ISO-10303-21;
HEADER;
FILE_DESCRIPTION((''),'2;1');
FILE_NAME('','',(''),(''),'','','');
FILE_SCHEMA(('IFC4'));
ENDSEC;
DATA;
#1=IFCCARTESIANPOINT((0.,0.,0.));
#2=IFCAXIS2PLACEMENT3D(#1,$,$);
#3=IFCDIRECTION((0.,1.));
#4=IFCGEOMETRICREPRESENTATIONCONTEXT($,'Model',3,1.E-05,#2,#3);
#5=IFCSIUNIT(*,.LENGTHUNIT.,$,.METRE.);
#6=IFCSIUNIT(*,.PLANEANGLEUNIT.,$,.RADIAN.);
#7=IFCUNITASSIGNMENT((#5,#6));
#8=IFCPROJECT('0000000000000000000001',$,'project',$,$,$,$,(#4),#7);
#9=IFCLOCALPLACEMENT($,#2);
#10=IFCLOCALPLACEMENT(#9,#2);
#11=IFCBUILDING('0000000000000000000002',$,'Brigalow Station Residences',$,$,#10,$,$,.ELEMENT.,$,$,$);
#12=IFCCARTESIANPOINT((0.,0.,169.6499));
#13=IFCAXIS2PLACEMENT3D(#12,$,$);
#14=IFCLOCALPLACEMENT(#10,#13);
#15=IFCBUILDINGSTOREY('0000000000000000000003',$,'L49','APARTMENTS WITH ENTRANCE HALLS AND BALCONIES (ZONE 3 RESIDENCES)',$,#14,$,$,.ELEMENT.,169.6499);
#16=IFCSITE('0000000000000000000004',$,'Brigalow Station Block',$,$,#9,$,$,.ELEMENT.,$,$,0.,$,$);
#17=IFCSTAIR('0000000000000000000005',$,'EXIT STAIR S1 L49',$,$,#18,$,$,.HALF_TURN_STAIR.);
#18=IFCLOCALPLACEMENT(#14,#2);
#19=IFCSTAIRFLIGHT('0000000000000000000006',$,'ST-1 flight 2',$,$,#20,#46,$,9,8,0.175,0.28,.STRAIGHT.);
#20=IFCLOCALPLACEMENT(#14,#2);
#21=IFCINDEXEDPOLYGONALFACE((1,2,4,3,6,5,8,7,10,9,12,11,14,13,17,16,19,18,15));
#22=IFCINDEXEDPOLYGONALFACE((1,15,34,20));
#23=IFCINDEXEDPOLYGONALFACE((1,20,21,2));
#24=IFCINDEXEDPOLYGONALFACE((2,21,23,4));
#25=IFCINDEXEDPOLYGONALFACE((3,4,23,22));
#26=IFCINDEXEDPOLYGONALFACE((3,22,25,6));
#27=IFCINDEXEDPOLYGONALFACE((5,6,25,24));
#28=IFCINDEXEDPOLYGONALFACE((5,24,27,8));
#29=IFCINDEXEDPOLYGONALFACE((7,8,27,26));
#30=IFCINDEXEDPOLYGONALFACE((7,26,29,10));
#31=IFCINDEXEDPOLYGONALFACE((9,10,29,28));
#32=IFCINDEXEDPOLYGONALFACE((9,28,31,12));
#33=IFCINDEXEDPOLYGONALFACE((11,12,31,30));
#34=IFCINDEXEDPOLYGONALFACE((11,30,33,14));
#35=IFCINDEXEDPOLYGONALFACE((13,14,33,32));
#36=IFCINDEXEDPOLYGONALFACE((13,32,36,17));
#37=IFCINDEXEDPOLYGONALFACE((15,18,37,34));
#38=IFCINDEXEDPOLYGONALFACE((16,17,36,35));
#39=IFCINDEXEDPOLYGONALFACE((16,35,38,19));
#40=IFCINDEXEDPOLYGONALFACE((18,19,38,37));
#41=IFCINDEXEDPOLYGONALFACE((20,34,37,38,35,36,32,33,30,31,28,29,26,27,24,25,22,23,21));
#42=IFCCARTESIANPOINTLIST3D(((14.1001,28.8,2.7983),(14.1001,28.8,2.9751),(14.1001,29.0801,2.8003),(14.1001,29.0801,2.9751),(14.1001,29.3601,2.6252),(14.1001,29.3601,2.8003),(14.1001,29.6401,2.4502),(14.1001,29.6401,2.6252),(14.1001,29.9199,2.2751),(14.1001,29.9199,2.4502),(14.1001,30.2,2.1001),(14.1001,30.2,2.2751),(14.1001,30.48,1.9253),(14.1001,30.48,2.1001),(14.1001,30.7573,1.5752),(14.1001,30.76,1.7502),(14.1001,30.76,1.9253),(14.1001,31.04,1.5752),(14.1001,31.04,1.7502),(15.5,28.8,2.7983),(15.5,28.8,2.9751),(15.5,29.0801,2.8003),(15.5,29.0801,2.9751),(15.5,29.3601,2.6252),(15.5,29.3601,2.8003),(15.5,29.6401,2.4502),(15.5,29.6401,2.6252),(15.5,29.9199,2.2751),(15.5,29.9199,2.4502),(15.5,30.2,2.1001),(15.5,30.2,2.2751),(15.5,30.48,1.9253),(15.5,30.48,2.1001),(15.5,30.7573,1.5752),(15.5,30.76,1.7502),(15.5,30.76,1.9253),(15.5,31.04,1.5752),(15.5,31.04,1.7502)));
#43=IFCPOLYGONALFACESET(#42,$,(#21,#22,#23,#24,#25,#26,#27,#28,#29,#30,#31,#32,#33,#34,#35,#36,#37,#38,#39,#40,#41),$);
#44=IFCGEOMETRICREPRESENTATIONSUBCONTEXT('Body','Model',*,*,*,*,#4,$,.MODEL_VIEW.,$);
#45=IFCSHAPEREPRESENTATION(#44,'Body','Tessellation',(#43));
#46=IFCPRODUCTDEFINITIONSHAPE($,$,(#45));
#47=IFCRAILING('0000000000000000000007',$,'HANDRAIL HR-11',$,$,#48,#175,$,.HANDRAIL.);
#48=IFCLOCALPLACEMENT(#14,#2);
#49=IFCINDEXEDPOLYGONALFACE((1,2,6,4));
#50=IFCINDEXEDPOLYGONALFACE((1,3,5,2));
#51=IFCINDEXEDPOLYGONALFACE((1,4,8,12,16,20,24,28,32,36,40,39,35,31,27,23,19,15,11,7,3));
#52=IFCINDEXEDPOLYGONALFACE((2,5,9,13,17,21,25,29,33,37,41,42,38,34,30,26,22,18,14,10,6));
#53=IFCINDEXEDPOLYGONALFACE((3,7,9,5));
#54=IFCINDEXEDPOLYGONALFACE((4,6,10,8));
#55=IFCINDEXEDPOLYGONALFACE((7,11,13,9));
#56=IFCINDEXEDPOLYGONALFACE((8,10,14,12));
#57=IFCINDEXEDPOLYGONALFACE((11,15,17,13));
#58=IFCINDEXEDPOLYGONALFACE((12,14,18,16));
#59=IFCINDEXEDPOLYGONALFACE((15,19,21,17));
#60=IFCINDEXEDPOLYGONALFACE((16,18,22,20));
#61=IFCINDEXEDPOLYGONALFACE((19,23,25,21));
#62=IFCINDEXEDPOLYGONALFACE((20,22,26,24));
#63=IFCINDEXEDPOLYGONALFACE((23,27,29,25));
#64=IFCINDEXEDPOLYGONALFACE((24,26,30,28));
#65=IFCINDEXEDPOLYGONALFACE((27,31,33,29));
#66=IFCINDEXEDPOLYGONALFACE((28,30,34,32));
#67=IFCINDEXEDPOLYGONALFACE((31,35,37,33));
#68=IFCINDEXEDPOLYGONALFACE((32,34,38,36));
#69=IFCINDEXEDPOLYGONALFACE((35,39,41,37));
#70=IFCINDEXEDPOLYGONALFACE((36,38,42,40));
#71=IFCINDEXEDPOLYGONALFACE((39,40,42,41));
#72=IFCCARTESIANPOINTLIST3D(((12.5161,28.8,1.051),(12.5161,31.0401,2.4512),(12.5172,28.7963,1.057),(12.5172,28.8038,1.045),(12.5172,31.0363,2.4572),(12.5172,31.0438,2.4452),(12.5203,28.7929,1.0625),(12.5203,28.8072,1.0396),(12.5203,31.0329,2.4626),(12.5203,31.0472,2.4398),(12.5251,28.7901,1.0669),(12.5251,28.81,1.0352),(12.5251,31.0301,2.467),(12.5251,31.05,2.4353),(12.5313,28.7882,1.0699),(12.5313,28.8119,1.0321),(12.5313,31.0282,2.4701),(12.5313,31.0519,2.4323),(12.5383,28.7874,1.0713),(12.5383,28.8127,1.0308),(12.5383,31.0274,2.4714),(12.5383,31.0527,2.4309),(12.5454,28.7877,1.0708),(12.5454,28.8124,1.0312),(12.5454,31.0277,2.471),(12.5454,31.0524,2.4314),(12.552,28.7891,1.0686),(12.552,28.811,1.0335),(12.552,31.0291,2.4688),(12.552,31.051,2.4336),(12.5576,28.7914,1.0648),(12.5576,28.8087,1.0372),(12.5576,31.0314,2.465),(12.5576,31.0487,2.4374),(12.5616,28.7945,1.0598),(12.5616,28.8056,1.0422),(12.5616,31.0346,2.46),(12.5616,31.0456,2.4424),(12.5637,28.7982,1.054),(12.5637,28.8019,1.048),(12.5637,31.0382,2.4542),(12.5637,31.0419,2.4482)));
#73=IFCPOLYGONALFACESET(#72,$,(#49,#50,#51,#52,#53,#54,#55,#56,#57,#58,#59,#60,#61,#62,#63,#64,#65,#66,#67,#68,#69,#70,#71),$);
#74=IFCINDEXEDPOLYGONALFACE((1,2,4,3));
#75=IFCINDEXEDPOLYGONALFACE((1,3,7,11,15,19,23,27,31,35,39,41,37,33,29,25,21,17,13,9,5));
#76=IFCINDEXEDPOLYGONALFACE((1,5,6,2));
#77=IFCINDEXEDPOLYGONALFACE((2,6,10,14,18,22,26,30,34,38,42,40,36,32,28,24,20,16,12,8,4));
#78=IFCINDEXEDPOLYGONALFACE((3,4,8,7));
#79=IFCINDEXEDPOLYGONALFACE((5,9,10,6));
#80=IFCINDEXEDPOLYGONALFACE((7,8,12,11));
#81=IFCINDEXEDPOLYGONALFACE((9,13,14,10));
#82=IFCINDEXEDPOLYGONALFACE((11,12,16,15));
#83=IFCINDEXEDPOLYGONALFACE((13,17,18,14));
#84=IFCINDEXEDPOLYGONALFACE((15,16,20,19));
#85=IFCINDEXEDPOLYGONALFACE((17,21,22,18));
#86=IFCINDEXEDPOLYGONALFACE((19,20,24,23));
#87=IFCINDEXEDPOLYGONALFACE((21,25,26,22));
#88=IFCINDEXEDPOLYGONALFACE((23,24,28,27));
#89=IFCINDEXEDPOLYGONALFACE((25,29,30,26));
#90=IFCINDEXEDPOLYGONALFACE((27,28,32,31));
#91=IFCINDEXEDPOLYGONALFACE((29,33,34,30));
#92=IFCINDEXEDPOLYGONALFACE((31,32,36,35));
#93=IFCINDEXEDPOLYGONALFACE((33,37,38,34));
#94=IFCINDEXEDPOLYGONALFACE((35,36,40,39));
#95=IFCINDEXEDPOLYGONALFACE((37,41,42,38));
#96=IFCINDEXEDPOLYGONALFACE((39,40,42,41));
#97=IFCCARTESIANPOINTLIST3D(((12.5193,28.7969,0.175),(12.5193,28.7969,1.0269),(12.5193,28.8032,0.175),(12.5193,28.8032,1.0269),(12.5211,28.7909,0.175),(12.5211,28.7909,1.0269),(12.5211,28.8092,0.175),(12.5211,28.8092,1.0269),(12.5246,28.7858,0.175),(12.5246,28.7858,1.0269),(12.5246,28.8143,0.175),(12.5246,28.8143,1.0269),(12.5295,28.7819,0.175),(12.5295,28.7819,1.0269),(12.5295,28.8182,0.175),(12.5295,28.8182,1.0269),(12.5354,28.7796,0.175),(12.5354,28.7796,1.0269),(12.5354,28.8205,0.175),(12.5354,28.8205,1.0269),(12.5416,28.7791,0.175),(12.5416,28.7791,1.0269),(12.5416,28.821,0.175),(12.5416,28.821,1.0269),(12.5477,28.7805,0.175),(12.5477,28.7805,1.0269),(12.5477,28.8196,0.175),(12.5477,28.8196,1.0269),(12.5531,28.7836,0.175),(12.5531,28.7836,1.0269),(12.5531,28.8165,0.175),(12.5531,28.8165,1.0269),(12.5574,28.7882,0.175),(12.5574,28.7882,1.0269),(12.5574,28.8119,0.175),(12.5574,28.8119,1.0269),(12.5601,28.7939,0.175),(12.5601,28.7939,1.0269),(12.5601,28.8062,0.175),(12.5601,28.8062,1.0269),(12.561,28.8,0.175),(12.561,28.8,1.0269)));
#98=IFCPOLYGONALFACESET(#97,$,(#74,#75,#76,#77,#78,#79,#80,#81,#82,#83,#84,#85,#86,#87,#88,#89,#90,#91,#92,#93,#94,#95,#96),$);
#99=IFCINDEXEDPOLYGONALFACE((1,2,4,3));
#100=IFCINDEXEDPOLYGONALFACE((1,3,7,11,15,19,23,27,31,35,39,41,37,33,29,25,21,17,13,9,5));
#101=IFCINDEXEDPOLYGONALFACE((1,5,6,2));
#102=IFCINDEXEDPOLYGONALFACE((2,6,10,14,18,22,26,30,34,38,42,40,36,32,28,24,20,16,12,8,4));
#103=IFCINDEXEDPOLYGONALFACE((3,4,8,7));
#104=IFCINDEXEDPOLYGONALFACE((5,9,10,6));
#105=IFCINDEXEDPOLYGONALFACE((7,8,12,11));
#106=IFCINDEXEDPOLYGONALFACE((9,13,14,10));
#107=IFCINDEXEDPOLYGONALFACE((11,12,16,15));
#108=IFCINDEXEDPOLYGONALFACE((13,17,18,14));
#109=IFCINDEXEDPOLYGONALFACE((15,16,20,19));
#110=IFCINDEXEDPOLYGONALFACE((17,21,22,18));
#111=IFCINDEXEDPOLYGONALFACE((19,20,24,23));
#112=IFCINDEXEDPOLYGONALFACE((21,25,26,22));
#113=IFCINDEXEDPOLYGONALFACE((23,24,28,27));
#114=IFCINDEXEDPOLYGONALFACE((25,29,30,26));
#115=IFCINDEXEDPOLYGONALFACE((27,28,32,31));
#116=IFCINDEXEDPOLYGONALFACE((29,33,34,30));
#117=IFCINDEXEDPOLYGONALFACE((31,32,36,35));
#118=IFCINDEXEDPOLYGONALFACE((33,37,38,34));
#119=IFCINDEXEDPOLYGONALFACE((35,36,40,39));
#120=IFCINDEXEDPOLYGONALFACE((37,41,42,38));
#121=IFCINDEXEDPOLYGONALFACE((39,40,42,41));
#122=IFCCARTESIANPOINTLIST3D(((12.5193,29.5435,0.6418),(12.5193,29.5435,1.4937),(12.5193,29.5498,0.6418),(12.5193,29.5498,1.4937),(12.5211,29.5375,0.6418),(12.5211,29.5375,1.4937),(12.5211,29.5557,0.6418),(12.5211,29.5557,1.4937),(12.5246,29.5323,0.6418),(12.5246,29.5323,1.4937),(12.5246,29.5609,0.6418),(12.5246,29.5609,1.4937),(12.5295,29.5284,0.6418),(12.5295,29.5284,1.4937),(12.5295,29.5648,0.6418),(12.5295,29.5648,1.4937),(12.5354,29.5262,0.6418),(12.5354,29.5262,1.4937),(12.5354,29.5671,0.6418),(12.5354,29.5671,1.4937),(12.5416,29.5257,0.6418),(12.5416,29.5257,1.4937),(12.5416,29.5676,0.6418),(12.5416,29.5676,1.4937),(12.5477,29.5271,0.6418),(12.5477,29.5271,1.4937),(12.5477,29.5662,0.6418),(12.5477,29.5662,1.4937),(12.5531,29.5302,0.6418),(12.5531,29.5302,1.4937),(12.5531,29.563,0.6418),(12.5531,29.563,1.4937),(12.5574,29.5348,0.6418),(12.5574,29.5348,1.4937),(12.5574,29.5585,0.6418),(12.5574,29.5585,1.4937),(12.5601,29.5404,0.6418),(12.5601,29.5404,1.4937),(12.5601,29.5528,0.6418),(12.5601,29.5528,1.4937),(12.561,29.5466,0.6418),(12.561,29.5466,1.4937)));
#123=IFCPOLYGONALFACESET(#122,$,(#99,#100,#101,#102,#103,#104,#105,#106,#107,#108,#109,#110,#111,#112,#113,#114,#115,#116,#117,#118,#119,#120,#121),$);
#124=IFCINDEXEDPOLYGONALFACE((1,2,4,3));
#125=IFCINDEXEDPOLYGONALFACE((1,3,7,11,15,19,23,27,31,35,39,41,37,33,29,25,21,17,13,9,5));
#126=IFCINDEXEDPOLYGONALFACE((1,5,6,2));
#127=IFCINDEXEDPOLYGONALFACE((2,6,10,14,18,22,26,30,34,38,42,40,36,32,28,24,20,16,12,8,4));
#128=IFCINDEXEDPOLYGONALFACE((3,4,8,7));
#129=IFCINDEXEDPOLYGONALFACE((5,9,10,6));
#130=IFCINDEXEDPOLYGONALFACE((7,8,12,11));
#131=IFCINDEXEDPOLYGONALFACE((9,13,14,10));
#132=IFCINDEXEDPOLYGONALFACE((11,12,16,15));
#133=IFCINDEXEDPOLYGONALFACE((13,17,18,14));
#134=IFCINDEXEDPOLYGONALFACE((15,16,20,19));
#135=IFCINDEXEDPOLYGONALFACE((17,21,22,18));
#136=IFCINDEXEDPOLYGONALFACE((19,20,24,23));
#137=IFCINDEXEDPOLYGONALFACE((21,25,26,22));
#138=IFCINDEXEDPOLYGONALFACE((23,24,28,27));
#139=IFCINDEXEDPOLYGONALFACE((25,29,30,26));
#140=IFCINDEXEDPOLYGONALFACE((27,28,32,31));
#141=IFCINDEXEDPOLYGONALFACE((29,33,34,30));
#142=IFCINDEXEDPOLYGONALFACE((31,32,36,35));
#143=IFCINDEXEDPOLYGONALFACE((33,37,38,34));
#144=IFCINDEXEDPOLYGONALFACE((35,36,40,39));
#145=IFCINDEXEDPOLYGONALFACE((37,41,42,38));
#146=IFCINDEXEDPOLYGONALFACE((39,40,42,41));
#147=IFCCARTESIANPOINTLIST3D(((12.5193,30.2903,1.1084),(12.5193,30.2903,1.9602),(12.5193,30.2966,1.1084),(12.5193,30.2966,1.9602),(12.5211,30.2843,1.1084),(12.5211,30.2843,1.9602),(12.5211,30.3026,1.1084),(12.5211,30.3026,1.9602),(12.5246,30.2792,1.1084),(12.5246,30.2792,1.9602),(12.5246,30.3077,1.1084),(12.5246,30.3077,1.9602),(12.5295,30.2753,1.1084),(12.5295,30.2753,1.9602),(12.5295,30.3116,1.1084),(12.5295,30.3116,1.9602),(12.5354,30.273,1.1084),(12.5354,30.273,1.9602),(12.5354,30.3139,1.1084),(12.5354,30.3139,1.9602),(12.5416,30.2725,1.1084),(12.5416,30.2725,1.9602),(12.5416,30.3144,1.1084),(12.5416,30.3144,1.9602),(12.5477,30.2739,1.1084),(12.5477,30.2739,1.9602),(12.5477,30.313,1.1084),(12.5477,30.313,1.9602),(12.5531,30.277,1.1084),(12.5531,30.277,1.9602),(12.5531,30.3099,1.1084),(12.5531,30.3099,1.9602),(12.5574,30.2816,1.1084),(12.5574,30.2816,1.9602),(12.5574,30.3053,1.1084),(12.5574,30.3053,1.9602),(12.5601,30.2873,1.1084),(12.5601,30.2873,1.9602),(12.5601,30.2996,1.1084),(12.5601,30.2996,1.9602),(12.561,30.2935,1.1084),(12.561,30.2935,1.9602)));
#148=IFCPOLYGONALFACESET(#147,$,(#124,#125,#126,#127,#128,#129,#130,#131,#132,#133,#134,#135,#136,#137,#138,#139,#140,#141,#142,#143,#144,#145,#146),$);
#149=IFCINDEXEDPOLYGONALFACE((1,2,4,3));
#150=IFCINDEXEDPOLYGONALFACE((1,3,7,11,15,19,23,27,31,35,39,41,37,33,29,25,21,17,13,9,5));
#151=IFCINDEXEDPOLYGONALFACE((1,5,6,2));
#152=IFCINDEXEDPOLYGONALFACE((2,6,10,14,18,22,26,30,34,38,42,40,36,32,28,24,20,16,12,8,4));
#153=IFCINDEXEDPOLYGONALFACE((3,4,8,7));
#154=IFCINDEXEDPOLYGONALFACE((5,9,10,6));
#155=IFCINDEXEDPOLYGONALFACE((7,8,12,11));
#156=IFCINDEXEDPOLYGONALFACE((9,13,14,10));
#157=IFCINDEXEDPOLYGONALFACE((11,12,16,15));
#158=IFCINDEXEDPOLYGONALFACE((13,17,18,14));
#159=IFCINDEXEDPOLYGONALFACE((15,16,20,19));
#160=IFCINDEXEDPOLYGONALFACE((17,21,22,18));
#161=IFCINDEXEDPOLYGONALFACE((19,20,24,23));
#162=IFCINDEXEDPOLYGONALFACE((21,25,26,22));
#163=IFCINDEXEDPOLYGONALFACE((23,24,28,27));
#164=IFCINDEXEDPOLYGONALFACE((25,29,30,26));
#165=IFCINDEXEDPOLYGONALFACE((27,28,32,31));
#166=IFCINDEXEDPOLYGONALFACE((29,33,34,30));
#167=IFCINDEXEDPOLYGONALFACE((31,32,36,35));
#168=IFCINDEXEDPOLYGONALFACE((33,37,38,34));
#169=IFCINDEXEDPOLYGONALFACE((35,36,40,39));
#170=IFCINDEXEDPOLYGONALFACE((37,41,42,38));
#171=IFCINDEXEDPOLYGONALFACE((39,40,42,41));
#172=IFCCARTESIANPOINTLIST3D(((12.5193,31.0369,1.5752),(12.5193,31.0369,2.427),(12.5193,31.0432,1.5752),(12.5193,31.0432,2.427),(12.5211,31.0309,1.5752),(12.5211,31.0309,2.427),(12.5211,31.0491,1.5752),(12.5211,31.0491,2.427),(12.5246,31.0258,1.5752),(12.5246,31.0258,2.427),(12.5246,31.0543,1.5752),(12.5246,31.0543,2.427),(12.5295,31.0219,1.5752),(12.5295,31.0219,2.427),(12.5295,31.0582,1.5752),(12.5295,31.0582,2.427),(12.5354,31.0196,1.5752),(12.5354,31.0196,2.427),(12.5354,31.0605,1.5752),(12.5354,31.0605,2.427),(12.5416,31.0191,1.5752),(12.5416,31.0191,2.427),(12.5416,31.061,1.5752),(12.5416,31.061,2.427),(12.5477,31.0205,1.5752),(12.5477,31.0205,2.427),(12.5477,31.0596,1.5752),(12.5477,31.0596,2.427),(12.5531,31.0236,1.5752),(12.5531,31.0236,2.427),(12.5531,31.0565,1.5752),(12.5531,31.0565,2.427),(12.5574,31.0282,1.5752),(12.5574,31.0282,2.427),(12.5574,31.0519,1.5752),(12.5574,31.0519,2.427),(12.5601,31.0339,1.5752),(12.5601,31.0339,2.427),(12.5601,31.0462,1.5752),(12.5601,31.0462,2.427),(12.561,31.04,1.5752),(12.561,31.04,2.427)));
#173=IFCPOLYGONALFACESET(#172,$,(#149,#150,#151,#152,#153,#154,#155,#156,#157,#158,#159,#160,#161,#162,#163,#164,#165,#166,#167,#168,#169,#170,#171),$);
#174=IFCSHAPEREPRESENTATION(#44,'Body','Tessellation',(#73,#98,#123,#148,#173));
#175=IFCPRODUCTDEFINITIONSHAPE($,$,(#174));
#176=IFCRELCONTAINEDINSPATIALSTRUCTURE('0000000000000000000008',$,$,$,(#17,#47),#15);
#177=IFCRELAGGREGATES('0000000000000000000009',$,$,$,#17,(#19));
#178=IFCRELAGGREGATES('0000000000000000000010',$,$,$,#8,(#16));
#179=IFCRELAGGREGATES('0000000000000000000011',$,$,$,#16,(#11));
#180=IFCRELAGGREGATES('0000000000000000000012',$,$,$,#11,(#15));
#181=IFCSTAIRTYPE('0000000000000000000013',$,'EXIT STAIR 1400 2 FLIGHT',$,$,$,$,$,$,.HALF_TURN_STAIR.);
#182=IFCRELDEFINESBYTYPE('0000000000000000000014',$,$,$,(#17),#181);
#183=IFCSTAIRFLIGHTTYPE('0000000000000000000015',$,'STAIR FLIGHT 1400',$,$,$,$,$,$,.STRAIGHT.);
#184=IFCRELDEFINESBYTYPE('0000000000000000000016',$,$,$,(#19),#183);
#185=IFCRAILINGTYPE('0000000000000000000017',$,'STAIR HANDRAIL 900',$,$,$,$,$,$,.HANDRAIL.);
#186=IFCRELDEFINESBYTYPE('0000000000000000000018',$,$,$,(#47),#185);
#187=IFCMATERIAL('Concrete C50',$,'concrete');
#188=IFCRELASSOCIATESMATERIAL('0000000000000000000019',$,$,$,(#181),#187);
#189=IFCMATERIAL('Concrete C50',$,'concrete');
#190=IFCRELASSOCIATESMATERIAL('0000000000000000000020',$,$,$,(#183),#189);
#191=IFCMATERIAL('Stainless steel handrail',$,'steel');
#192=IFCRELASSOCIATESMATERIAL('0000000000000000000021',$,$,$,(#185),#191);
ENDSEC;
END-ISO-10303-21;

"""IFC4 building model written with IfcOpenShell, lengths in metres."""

from ifc_helpers import new_model, si_unit, direction, frame, origin, origin_2d, place, context, subcontext, project, spatial, polyline, circle, outline, extrude, material, type_object, element, aggregate, save


model = new_model("IFC4")

# Units and contexts
model_context = context("Model", 3, precision=1e-05, world=origin(), true_north=direction((0.0, 1.0)))
body_context = subcontext(model_context, "Body", "Model", "MODEL_VIEW")
ifc_project = project(units=[si_unit("LENGTHUNIT", "METRE"), si_unit("PLANEANGLEUNIT", "RADIAN")], contexts=[model_context])

# Site, building, storey
site_placement = place(None, origin())
site = spatial("IfcSite", under=ifc_project, at=site_placement, Name="Brigalow Station Block", CompositionType="ELEMENT", RefElevation=0.0)
building_placement = place(site_placement, origin())
building = spatial("IfcBuilding", under=site, at=building_placement, Name="Brigalow Station Residences", CompositionType="ELEMENT")
storey_placement = place(building_placement, frame((0.0, 0.0, 169.6499)))
storey = spatial("IfcBuildingStorey", under=building, at=storey_placement, Name="L49", Description="APARTMENTS WITH ENTRANCE HALLS AND BALCONIES (ZONE 3 RESIDENCES)", CompositionType="ELEMENT", Elevation=169.6499)

# Stair, stair flight
ifc_material_1 = material(Name="Concrete C50", Category="concrete")
stair_type = type_object("IfcStairType", Name="EXIT STAIR 1400 2 FLIGHT", PredefinedType="HALF_TURN_STAIR", material=ifc_material_1)
stair_placement = place(storey_placement, origin())
stair = element("IfcStair", 1, at=stair_placement, inside=storey, type_object=stair_type, Name="EXIT STAIR S1 L49", PredefinedType="HALF_TURN_STAIR")
ifc_material_2 = material(Name="Concrete C50", Category="concrete")
stair_flight_type = type_object("IfcStairFlightType", Name="STAIR FLIGHT 1400", PredefinedType="STRAIGHT", material=ifc_material_2)
stair_flight_1_placement = place(storey_placement, frame((14.8, 31.04, 1.5752), z_axis=(0.0, 0.0, 1.0), x_axis=(0.0, -1.0, 0.0)))
stair_flight_1 = element("IfcStairFlight", 2, at=stair_flight_1_placement, type_object=stair_flight_type, Name="ST-1 flight 2", NumberOfRisers=9, NumberOfTreads=8, PredefinedType="STRAIGHT", RiserHeight=0.175, TreadLength=0.28, context=body_context, shape_type="SweptSolid", body=[
    extrude(outline(polyline([(0.0, 0.0), (0.0, 0.175), (0.28, 0.175), (0.28, 0.3501), (0.5601, 0.3501), (0.5601, 0.5249), (0.8401, 0.5249), (0.8401, 0.7), (1.1201, 0.7), (1.1201, 0.875), (1.3999, 0.875), (1.3999, 1.05), (1.6799, 1.05), (1.6799, 1.2251), (1.96, 1.2251), (1.96, 1.3999), (2.24, 1.3999), (2.24, 1.575), (2.24, 1.2231), (0.2827, 0.0), (0.0, 0.0)])), frame((0.0, 0.7, 0.0), z_axis=(0.0, -1.0, 0.0), x_axis=(1.0, 0.0, 0.0)), (0.0, 0.0, 1.0), 1.3999),
])
aggregate(stair, [stair_flight_1])

# Railing
ifc_material_3 = material(Name="Stainless steel handrail", Category="steel")
railing_type_1 = type_object("IfcRailingType", Name="STAIR HANDRAIL 900", PredefinedType="HANDRAIL", material=ifc_material_3)
railing_1_placement = place(storey_placement, frame((12.54, 28.8, 0.175)))
element("IfcRailing", 3, at=railing_1_placement, inside=storey, type_object=railing_type_1, Name="HANDRAIL HR-11", PredefinedType="HANDRAIL", context=body_context, shape_type="SweptSolid", body=[
    extrude(circle(Radius=0.0239, at=origin_2d()), frame((0.0, 0.0, 0.876), z_axis=(0.0, 0.847972, 0.53004), x_axis=(-1.0, 0.0, 0.0)), (0.0, 0.0, 1.0), 2.6416),
    extrude(circle(Radius=0.021, at=origin_2d()), origin(), (0.0, 0.0, 1.0), 0.8518),
    extrude(circle(Radius=0.021, at=origin_2d()), frame((0.0, 0.7466, 0.4668)), (0.0, 0.0, 1.0), 0.8518),
    extrude(circle(Radius=0.021, at=origin_2d()), frame((0.0, 1.4934, 0.9333)), (0.0, 0.0, 1.0), 0.8518),
    extrude(circle(Radius=0.021, at=origin_2d()), frame((0.0, 2.24, 1.4001)), (0.0, 0.0, 1.0), 0.8518),
])

save(model, "model.ifc")
